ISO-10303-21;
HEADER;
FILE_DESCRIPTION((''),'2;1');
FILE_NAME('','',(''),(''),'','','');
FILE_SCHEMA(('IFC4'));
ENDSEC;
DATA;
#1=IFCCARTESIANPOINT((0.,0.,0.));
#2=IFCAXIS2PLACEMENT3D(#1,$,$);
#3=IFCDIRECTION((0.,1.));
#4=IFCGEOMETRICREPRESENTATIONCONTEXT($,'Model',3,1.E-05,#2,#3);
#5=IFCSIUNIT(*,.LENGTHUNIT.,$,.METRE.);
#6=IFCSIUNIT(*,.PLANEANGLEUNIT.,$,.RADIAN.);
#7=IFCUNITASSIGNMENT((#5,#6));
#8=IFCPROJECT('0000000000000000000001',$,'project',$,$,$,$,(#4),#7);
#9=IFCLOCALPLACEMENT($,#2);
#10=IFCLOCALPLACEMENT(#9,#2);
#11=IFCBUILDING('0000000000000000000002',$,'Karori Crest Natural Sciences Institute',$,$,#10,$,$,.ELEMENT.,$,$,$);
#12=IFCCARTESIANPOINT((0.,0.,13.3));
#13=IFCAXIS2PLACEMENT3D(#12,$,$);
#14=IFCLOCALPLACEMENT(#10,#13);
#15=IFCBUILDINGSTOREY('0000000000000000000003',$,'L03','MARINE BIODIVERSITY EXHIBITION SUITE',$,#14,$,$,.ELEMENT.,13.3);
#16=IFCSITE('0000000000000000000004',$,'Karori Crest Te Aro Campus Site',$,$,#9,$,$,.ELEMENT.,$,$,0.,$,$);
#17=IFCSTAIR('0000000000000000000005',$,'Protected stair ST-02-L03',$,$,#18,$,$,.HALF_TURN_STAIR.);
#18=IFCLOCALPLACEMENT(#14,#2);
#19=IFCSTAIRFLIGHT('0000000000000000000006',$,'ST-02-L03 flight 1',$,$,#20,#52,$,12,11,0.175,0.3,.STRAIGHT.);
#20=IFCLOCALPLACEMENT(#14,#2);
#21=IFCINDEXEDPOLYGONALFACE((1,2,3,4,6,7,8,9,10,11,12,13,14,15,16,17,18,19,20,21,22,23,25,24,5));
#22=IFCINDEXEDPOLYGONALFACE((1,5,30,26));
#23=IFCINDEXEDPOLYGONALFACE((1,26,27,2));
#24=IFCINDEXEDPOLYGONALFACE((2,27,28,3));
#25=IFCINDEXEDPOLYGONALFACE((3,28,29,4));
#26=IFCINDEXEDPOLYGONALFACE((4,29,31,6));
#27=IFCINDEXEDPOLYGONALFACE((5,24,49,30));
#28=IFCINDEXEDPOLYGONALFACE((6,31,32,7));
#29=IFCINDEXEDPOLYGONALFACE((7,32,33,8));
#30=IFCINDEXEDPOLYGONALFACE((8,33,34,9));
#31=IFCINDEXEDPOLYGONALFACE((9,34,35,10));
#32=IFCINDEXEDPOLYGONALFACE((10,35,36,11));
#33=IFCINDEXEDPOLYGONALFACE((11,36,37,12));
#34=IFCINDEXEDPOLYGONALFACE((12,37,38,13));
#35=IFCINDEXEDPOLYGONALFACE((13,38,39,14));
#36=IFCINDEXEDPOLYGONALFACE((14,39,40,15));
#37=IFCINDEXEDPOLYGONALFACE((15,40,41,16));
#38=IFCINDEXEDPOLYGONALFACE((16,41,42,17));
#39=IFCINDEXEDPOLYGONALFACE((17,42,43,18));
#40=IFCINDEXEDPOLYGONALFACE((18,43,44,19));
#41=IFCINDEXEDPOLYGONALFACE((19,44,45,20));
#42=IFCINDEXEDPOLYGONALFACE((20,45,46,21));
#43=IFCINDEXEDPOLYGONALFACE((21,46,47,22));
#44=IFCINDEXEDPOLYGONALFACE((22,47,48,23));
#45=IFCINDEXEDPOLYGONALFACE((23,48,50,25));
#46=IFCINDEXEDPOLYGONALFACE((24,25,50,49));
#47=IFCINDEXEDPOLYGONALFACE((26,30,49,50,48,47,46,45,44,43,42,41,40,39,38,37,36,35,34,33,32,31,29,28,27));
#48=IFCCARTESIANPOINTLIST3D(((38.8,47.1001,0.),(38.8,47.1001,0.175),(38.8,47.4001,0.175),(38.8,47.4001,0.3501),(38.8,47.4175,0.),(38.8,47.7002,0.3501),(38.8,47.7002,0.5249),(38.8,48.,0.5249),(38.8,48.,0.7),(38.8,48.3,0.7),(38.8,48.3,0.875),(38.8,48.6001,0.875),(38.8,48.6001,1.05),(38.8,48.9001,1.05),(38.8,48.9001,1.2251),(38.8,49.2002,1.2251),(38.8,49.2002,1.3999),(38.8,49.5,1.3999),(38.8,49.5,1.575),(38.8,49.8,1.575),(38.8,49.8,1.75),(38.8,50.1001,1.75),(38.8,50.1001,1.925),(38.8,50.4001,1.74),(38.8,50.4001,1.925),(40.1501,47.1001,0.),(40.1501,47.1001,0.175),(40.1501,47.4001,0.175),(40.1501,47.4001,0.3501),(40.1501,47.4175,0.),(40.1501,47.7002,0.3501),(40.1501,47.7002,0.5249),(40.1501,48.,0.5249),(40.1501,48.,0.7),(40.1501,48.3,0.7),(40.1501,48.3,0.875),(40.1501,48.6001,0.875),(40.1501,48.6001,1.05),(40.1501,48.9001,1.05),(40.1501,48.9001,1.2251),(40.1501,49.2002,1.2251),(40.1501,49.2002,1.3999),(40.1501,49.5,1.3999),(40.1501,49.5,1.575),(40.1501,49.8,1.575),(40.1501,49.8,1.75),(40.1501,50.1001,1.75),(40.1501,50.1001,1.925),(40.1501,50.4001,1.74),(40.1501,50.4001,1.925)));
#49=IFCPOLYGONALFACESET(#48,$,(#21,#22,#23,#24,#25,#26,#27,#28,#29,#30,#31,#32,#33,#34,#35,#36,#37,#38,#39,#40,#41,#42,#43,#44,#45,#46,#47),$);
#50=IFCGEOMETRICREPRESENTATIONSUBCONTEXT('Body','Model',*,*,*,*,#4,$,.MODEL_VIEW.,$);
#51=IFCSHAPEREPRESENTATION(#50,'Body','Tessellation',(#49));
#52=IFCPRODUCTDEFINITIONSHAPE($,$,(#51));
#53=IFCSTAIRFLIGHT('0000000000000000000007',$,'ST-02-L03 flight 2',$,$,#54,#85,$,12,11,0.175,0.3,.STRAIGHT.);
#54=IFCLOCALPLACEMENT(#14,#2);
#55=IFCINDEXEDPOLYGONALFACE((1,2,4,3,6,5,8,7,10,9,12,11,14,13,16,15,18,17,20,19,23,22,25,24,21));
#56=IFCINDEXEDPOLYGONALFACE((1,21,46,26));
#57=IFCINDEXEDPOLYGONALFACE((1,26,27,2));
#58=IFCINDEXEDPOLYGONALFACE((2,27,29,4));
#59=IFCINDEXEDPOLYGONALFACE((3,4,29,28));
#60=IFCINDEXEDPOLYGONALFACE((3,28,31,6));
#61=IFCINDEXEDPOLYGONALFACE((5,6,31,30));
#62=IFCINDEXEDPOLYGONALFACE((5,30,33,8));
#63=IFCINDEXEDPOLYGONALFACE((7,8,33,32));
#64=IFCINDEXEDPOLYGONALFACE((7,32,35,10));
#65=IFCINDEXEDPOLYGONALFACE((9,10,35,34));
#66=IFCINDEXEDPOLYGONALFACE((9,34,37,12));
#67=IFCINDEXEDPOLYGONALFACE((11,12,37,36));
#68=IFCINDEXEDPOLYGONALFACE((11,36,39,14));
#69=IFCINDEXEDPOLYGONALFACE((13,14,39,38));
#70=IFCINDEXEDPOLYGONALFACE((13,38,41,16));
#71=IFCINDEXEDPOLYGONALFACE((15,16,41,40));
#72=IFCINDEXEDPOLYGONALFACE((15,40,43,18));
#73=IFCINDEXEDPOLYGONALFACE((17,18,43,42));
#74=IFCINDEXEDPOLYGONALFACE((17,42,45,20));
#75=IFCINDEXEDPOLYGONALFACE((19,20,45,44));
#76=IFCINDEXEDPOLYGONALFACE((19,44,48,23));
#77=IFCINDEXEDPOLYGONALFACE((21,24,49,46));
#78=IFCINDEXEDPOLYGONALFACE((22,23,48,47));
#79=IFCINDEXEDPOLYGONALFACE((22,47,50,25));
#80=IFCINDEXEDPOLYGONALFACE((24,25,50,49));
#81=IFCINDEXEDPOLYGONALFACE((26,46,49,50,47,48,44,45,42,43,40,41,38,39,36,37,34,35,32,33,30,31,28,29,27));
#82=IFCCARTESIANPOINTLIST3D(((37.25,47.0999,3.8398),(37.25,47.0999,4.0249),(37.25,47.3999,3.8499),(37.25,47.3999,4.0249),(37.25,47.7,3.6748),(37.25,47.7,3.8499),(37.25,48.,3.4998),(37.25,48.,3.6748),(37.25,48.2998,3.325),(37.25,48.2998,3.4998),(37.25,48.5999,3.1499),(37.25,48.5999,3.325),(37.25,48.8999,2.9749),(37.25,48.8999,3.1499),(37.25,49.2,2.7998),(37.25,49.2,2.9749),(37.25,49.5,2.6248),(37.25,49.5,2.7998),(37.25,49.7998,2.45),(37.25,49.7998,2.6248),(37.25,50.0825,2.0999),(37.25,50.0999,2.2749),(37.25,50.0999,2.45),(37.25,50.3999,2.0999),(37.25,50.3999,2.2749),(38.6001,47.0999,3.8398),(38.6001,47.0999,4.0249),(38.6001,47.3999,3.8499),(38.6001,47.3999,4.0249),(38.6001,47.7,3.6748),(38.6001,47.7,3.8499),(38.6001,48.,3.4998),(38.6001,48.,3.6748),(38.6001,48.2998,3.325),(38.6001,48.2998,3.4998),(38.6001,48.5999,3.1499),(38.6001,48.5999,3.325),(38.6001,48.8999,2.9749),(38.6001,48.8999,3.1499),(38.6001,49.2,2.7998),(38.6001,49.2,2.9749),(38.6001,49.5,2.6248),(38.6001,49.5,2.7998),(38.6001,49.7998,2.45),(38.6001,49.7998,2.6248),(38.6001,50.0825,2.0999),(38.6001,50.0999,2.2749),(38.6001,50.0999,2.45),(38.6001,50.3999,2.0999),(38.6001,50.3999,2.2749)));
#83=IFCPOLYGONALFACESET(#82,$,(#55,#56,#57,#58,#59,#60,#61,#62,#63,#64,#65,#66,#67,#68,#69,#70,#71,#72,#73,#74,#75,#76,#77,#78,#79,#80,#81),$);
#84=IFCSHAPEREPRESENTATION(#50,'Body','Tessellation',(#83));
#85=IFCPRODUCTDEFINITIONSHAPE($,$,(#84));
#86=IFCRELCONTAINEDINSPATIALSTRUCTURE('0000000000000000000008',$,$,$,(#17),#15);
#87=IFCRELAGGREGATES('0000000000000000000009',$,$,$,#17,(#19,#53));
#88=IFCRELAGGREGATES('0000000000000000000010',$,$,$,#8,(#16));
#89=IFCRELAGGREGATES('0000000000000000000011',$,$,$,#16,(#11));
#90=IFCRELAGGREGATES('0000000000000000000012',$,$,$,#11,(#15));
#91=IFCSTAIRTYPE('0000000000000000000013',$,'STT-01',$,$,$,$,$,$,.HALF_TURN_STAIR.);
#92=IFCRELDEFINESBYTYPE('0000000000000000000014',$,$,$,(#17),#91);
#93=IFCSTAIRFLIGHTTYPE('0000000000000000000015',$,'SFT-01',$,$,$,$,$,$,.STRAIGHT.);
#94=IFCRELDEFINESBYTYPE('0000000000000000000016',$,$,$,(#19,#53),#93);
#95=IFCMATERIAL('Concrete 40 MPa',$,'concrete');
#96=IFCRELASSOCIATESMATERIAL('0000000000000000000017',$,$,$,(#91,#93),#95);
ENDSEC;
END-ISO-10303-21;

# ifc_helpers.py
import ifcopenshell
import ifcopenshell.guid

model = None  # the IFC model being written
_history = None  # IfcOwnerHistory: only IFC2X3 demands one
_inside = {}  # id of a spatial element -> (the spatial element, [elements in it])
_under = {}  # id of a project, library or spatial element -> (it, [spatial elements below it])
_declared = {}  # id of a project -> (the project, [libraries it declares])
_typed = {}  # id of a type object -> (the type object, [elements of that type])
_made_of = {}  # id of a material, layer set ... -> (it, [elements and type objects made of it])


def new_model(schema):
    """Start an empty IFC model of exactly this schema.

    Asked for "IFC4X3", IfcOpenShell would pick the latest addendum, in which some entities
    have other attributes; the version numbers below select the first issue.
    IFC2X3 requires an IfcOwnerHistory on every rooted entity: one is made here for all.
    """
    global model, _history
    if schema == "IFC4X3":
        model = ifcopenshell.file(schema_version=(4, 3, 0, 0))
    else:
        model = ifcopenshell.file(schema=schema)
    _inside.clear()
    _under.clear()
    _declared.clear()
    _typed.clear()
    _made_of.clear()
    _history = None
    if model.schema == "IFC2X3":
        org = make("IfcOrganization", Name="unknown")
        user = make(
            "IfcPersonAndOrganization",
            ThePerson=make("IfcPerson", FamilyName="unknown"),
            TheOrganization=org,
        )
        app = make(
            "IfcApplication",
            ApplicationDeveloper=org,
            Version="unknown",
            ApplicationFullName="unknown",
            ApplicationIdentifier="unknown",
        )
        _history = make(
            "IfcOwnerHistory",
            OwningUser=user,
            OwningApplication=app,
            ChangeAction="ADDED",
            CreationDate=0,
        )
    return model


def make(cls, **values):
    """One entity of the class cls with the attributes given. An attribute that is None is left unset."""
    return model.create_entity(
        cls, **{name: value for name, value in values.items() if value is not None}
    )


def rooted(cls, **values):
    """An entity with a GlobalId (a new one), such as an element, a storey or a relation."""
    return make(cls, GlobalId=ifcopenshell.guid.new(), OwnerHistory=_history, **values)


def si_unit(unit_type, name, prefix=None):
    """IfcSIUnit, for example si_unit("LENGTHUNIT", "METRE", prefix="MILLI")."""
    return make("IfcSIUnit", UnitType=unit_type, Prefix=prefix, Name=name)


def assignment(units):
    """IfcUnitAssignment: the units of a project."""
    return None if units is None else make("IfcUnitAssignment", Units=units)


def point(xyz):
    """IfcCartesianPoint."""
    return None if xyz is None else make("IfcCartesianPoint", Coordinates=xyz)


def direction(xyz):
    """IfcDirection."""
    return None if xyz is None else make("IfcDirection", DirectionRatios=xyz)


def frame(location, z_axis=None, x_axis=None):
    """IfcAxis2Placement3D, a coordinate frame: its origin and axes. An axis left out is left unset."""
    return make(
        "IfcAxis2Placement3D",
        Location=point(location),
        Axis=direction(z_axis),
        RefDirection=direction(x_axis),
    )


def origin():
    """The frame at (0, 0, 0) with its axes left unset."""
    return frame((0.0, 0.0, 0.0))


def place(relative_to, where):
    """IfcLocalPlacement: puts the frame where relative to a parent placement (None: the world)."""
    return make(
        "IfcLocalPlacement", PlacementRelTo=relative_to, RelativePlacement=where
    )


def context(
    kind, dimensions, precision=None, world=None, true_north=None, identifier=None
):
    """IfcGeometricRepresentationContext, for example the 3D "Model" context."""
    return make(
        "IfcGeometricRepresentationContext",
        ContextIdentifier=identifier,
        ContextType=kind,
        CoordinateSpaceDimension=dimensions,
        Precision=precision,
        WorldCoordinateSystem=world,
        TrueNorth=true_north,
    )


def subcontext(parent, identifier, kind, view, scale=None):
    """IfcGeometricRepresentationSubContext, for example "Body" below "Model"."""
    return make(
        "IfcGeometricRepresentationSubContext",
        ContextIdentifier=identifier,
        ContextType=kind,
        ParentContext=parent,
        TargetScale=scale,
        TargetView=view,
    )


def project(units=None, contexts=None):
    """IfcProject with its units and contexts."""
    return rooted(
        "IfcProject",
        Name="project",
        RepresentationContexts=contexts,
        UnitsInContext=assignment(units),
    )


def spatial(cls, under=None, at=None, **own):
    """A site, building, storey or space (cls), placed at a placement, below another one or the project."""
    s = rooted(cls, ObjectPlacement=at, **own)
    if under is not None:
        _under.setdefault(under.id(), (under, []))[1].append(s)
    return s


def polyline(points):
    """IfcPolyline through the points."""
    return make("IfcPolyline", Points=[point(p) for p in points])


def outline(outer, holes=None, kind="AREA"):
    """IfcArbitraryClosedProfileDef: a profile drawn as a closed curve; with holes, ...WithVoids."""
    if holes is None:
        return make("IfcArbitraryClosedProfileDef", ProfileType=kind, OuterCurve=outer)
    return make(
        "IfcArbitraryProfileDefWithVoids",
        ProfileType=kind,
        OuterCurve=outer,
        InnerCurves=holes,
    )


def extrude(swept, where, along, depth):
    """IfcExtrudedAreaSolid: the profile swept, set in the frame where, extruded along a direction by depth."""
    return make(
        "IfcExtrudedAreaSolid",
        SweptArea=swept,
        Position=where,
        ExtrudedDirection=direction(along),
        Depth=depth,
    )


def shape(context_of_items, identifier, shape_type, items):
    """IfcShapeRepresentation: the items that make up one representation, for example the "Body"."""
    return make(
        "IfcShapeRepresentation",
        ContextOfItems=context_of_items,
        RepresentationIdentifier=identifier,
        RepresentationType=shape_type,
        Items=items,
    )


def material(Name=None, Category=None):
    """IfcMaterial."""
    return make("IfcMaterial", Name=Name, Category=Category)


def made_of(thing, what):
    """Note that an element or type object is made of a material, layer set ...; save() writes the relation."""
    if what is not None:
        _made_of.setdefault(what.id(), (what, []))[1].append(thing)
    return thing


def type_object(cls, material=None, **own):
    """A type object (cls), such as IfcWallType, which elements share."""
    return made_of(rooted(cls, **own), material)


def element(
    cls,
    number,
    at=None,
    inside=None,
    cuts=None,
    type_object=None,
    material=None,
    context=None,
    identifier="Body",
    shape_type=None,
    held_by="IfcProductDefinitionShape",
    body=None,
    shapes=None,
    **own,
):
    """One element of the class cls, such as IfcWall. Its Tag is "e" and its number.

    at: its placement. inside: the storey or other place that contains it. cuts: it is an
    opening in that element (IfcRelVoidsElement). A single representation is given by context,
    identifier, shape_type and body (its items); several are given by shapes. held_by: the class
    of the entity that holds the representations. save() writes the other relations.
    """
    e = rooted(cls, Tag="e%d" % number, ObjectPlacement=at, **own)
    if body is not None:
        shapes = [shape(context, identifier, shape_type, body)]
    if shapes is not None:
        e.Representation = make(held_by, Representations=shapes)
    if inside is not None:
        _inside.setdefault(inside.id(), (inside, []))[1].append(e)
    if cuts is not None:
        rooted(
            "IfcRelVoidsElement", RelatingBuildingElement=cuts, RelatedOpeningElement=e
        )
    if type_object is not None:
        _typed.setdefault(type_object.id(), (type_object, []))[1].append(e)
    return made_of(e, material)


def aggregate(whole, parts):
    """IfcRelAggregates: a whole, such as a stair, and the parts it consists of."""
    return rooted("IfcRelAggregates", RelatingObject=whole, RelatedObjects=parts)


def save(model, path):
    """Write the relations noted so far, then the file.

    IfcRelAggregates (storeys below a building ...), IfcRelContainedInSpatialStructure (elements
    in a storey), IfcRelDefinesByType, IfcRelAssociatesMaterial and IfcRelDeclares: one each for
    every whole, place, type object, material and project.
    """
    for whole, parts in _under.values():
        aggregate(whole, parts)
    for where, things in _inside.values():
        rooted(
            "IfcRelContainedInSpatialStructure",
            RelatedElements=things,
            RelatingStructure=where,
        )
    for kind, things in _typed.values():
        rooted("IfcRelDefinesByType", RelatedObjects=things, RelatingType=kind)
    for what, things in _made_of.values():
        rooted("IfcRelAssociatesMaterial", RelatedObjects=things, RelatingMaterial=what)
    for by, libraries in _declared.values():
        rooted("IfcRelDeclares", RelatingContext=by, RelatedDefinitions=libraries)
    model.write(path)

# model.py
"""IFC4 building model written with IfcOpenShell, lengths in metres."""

from ifc_helpers import new_model, si_unit, direction, frame, origin, place, context, subcontext, project, spatial, polyline, outline, extrude, material, type_object, element, aggregate, save


model = new_model("IFC4")

# Units and contexts
model_context = context("Model", 3, precision=1e-05, world=origin(), true_north=direction((0.0, 1.0)))
body_context = subcontext(model_context, "Body", "Model", "MODEL_VIEW")
ifc_project = project(units=[si_unit("LENGTHUNIT", "METRE"), si_unit("PLANEANGLEUNIT", "RADIAN")], contexts=[model_context])

# Site, building, storey
site_placement = place(None, origin())
site = spatial("IfcSite", under=ifc_project, at=site_placement, Name="Karori Crest Te Aro Campus Site", CompositionType="ELEMENT", RefElevation=0.0)
building_placement = place(site_placement, origin())
building = spatial("IfcBuilding", under=site, at=building_placement, Name="Karori Crest Natural Sciences Institute", CompositionType="ELEMENT")
storey_placement = place(building_placement, frame((0.0, 0.0, 13.3)))
storey = spatial("IfcBuildingStorey", under=building, at=storey_placement, Name="L03", Description="MARINE BIODIVERSITY EXHIBITION SUITE", CompositionType="ELEMENT", Elevation=13.3)

# Stair, stair flights
ifc_material_1 = material(Name="Concrete 40 MPa", Category="concrete")
stair_type = type_object("IfcStairType", Name="STT-01", PredefinedType="HALF_TURN_STAIR", material=ifc_material_1)
stair_placement = place(storey_placement, origin())
stair = element("IfcStair", 1, at=stair_placement, inside=storey, type_object=stair_type, Name="Protected stair ST-02-L03", PredefinedType="HALF_TURN_STAIR")
stair_flight_type = type_object("IfcStairFlightType", Name="SFT-01", PredefinedType="STRAIGHT", material=ifc_material_1)
stair_flight_1_placement = place(storey_placement, frame((39.4751, 47.1001, 0.0), z_axis=(0.0, 0.0, 1.0), x_axis=(0.0, 1.0, 0.0)))
stair_flight_1 = element("IfcStairFlight", 2, at=stair_flight_1_placement, type_object=stair_flight_type, Name="ST-02-L03 flight 1", NumberOfRisers=12, NumberOfTreads=11, PredefinedType="STRAIGHT", RiserHeight=0.175, TreadLength=0.3, context=body_context, shape_type="SweptSolid", body=[
    extrude(outline(polyline([(0.0, 0.0), (0.0, 0.175), (0.3, 0.175), (0.3, 0.3501), (0.6001, 0.3501), (0.6001, 0.5249), (0.8999, 0.5249), (0.8999, 0.7), (1.2, 0.7), (1.2, 0.875), (1.5, 0.875), (1.5, 1.05), (1.8, 1.05), (1.8, 1.2251), (2.1001, 1.2251), (2.1001, 1.3999), (2.3999, 1.3999), (2.3999, 1.575), (2.7, 1.575), (2.7, 1.75), (3.0, 1.75), (3.0, 1.925), (3.3, 1.925), (3.3, 2.1001), (3.3, 1.74), (0.3174, 0.0), (0.0, 0.0)])), frame((0.0, 0.675, 0.0), z_axis=(0.0, -1.0, 0.0), x_axis=(1.0, 0.0, 0.0)), (0.0, 0.0, 1.0), 1.3501),
])
stair_flight_2_placement = place(storey_placement, frame((37.925, 50.3999, 2.0999), z_axis=(0.0, 0.0, 1.0), x_axis=(0.0, -1.0, 0.0)))
stair_flight_2 = element("IfcStairFlight", 3, at=stair_flight_2_placement, type_object=stair_flight_type, Name="ST-02-L03 flight 2", NumberOfRisers=12, NumberOfTreads=11, PredefinedType="STRAIGHT", RiserHeight=0.175, TreadLength=0.3, context=body_context, shape_type="SweptSolid", body=[
    extrude(outline(polyline([(0.0, 0.0), (0.0, 0.175), (0.3, 0.175), (0.3, 0.3501), (0.6001, 0.3501), (0.6001, 0.5249), (0.8999, 0.5249), (0.8999, 0.7), (1.2, 0.7), (1.2, 0.875), (1.5, 0.875), (1.5, 1.05), (1.8, 1.05), (1.8, 1.2251), (2.1001, 1.2251), (2.1001, 1.3999), (2.3999, 1.3999), (2.3999, 1.575), (2.7, 1.575), (2.7, 1.75), (3.0, 1.75), (3.0, 1.925), (3.3, 1.925), (3.3, 2.1001), (3.3, 1.74), (0.3174, 0.0), (0.0, 0.0)])), frame((0.0, 0.675, 0.0), z_axis=(0.0, -1.0, 0.0), x_axis=(1.0, 0.0, 0.0)), (0.0, 0.0, 1.0), 1.3501),
])
aggregate(stair, [stair_flight_1, stair_flight_2])

save(model, "model.ifc")
